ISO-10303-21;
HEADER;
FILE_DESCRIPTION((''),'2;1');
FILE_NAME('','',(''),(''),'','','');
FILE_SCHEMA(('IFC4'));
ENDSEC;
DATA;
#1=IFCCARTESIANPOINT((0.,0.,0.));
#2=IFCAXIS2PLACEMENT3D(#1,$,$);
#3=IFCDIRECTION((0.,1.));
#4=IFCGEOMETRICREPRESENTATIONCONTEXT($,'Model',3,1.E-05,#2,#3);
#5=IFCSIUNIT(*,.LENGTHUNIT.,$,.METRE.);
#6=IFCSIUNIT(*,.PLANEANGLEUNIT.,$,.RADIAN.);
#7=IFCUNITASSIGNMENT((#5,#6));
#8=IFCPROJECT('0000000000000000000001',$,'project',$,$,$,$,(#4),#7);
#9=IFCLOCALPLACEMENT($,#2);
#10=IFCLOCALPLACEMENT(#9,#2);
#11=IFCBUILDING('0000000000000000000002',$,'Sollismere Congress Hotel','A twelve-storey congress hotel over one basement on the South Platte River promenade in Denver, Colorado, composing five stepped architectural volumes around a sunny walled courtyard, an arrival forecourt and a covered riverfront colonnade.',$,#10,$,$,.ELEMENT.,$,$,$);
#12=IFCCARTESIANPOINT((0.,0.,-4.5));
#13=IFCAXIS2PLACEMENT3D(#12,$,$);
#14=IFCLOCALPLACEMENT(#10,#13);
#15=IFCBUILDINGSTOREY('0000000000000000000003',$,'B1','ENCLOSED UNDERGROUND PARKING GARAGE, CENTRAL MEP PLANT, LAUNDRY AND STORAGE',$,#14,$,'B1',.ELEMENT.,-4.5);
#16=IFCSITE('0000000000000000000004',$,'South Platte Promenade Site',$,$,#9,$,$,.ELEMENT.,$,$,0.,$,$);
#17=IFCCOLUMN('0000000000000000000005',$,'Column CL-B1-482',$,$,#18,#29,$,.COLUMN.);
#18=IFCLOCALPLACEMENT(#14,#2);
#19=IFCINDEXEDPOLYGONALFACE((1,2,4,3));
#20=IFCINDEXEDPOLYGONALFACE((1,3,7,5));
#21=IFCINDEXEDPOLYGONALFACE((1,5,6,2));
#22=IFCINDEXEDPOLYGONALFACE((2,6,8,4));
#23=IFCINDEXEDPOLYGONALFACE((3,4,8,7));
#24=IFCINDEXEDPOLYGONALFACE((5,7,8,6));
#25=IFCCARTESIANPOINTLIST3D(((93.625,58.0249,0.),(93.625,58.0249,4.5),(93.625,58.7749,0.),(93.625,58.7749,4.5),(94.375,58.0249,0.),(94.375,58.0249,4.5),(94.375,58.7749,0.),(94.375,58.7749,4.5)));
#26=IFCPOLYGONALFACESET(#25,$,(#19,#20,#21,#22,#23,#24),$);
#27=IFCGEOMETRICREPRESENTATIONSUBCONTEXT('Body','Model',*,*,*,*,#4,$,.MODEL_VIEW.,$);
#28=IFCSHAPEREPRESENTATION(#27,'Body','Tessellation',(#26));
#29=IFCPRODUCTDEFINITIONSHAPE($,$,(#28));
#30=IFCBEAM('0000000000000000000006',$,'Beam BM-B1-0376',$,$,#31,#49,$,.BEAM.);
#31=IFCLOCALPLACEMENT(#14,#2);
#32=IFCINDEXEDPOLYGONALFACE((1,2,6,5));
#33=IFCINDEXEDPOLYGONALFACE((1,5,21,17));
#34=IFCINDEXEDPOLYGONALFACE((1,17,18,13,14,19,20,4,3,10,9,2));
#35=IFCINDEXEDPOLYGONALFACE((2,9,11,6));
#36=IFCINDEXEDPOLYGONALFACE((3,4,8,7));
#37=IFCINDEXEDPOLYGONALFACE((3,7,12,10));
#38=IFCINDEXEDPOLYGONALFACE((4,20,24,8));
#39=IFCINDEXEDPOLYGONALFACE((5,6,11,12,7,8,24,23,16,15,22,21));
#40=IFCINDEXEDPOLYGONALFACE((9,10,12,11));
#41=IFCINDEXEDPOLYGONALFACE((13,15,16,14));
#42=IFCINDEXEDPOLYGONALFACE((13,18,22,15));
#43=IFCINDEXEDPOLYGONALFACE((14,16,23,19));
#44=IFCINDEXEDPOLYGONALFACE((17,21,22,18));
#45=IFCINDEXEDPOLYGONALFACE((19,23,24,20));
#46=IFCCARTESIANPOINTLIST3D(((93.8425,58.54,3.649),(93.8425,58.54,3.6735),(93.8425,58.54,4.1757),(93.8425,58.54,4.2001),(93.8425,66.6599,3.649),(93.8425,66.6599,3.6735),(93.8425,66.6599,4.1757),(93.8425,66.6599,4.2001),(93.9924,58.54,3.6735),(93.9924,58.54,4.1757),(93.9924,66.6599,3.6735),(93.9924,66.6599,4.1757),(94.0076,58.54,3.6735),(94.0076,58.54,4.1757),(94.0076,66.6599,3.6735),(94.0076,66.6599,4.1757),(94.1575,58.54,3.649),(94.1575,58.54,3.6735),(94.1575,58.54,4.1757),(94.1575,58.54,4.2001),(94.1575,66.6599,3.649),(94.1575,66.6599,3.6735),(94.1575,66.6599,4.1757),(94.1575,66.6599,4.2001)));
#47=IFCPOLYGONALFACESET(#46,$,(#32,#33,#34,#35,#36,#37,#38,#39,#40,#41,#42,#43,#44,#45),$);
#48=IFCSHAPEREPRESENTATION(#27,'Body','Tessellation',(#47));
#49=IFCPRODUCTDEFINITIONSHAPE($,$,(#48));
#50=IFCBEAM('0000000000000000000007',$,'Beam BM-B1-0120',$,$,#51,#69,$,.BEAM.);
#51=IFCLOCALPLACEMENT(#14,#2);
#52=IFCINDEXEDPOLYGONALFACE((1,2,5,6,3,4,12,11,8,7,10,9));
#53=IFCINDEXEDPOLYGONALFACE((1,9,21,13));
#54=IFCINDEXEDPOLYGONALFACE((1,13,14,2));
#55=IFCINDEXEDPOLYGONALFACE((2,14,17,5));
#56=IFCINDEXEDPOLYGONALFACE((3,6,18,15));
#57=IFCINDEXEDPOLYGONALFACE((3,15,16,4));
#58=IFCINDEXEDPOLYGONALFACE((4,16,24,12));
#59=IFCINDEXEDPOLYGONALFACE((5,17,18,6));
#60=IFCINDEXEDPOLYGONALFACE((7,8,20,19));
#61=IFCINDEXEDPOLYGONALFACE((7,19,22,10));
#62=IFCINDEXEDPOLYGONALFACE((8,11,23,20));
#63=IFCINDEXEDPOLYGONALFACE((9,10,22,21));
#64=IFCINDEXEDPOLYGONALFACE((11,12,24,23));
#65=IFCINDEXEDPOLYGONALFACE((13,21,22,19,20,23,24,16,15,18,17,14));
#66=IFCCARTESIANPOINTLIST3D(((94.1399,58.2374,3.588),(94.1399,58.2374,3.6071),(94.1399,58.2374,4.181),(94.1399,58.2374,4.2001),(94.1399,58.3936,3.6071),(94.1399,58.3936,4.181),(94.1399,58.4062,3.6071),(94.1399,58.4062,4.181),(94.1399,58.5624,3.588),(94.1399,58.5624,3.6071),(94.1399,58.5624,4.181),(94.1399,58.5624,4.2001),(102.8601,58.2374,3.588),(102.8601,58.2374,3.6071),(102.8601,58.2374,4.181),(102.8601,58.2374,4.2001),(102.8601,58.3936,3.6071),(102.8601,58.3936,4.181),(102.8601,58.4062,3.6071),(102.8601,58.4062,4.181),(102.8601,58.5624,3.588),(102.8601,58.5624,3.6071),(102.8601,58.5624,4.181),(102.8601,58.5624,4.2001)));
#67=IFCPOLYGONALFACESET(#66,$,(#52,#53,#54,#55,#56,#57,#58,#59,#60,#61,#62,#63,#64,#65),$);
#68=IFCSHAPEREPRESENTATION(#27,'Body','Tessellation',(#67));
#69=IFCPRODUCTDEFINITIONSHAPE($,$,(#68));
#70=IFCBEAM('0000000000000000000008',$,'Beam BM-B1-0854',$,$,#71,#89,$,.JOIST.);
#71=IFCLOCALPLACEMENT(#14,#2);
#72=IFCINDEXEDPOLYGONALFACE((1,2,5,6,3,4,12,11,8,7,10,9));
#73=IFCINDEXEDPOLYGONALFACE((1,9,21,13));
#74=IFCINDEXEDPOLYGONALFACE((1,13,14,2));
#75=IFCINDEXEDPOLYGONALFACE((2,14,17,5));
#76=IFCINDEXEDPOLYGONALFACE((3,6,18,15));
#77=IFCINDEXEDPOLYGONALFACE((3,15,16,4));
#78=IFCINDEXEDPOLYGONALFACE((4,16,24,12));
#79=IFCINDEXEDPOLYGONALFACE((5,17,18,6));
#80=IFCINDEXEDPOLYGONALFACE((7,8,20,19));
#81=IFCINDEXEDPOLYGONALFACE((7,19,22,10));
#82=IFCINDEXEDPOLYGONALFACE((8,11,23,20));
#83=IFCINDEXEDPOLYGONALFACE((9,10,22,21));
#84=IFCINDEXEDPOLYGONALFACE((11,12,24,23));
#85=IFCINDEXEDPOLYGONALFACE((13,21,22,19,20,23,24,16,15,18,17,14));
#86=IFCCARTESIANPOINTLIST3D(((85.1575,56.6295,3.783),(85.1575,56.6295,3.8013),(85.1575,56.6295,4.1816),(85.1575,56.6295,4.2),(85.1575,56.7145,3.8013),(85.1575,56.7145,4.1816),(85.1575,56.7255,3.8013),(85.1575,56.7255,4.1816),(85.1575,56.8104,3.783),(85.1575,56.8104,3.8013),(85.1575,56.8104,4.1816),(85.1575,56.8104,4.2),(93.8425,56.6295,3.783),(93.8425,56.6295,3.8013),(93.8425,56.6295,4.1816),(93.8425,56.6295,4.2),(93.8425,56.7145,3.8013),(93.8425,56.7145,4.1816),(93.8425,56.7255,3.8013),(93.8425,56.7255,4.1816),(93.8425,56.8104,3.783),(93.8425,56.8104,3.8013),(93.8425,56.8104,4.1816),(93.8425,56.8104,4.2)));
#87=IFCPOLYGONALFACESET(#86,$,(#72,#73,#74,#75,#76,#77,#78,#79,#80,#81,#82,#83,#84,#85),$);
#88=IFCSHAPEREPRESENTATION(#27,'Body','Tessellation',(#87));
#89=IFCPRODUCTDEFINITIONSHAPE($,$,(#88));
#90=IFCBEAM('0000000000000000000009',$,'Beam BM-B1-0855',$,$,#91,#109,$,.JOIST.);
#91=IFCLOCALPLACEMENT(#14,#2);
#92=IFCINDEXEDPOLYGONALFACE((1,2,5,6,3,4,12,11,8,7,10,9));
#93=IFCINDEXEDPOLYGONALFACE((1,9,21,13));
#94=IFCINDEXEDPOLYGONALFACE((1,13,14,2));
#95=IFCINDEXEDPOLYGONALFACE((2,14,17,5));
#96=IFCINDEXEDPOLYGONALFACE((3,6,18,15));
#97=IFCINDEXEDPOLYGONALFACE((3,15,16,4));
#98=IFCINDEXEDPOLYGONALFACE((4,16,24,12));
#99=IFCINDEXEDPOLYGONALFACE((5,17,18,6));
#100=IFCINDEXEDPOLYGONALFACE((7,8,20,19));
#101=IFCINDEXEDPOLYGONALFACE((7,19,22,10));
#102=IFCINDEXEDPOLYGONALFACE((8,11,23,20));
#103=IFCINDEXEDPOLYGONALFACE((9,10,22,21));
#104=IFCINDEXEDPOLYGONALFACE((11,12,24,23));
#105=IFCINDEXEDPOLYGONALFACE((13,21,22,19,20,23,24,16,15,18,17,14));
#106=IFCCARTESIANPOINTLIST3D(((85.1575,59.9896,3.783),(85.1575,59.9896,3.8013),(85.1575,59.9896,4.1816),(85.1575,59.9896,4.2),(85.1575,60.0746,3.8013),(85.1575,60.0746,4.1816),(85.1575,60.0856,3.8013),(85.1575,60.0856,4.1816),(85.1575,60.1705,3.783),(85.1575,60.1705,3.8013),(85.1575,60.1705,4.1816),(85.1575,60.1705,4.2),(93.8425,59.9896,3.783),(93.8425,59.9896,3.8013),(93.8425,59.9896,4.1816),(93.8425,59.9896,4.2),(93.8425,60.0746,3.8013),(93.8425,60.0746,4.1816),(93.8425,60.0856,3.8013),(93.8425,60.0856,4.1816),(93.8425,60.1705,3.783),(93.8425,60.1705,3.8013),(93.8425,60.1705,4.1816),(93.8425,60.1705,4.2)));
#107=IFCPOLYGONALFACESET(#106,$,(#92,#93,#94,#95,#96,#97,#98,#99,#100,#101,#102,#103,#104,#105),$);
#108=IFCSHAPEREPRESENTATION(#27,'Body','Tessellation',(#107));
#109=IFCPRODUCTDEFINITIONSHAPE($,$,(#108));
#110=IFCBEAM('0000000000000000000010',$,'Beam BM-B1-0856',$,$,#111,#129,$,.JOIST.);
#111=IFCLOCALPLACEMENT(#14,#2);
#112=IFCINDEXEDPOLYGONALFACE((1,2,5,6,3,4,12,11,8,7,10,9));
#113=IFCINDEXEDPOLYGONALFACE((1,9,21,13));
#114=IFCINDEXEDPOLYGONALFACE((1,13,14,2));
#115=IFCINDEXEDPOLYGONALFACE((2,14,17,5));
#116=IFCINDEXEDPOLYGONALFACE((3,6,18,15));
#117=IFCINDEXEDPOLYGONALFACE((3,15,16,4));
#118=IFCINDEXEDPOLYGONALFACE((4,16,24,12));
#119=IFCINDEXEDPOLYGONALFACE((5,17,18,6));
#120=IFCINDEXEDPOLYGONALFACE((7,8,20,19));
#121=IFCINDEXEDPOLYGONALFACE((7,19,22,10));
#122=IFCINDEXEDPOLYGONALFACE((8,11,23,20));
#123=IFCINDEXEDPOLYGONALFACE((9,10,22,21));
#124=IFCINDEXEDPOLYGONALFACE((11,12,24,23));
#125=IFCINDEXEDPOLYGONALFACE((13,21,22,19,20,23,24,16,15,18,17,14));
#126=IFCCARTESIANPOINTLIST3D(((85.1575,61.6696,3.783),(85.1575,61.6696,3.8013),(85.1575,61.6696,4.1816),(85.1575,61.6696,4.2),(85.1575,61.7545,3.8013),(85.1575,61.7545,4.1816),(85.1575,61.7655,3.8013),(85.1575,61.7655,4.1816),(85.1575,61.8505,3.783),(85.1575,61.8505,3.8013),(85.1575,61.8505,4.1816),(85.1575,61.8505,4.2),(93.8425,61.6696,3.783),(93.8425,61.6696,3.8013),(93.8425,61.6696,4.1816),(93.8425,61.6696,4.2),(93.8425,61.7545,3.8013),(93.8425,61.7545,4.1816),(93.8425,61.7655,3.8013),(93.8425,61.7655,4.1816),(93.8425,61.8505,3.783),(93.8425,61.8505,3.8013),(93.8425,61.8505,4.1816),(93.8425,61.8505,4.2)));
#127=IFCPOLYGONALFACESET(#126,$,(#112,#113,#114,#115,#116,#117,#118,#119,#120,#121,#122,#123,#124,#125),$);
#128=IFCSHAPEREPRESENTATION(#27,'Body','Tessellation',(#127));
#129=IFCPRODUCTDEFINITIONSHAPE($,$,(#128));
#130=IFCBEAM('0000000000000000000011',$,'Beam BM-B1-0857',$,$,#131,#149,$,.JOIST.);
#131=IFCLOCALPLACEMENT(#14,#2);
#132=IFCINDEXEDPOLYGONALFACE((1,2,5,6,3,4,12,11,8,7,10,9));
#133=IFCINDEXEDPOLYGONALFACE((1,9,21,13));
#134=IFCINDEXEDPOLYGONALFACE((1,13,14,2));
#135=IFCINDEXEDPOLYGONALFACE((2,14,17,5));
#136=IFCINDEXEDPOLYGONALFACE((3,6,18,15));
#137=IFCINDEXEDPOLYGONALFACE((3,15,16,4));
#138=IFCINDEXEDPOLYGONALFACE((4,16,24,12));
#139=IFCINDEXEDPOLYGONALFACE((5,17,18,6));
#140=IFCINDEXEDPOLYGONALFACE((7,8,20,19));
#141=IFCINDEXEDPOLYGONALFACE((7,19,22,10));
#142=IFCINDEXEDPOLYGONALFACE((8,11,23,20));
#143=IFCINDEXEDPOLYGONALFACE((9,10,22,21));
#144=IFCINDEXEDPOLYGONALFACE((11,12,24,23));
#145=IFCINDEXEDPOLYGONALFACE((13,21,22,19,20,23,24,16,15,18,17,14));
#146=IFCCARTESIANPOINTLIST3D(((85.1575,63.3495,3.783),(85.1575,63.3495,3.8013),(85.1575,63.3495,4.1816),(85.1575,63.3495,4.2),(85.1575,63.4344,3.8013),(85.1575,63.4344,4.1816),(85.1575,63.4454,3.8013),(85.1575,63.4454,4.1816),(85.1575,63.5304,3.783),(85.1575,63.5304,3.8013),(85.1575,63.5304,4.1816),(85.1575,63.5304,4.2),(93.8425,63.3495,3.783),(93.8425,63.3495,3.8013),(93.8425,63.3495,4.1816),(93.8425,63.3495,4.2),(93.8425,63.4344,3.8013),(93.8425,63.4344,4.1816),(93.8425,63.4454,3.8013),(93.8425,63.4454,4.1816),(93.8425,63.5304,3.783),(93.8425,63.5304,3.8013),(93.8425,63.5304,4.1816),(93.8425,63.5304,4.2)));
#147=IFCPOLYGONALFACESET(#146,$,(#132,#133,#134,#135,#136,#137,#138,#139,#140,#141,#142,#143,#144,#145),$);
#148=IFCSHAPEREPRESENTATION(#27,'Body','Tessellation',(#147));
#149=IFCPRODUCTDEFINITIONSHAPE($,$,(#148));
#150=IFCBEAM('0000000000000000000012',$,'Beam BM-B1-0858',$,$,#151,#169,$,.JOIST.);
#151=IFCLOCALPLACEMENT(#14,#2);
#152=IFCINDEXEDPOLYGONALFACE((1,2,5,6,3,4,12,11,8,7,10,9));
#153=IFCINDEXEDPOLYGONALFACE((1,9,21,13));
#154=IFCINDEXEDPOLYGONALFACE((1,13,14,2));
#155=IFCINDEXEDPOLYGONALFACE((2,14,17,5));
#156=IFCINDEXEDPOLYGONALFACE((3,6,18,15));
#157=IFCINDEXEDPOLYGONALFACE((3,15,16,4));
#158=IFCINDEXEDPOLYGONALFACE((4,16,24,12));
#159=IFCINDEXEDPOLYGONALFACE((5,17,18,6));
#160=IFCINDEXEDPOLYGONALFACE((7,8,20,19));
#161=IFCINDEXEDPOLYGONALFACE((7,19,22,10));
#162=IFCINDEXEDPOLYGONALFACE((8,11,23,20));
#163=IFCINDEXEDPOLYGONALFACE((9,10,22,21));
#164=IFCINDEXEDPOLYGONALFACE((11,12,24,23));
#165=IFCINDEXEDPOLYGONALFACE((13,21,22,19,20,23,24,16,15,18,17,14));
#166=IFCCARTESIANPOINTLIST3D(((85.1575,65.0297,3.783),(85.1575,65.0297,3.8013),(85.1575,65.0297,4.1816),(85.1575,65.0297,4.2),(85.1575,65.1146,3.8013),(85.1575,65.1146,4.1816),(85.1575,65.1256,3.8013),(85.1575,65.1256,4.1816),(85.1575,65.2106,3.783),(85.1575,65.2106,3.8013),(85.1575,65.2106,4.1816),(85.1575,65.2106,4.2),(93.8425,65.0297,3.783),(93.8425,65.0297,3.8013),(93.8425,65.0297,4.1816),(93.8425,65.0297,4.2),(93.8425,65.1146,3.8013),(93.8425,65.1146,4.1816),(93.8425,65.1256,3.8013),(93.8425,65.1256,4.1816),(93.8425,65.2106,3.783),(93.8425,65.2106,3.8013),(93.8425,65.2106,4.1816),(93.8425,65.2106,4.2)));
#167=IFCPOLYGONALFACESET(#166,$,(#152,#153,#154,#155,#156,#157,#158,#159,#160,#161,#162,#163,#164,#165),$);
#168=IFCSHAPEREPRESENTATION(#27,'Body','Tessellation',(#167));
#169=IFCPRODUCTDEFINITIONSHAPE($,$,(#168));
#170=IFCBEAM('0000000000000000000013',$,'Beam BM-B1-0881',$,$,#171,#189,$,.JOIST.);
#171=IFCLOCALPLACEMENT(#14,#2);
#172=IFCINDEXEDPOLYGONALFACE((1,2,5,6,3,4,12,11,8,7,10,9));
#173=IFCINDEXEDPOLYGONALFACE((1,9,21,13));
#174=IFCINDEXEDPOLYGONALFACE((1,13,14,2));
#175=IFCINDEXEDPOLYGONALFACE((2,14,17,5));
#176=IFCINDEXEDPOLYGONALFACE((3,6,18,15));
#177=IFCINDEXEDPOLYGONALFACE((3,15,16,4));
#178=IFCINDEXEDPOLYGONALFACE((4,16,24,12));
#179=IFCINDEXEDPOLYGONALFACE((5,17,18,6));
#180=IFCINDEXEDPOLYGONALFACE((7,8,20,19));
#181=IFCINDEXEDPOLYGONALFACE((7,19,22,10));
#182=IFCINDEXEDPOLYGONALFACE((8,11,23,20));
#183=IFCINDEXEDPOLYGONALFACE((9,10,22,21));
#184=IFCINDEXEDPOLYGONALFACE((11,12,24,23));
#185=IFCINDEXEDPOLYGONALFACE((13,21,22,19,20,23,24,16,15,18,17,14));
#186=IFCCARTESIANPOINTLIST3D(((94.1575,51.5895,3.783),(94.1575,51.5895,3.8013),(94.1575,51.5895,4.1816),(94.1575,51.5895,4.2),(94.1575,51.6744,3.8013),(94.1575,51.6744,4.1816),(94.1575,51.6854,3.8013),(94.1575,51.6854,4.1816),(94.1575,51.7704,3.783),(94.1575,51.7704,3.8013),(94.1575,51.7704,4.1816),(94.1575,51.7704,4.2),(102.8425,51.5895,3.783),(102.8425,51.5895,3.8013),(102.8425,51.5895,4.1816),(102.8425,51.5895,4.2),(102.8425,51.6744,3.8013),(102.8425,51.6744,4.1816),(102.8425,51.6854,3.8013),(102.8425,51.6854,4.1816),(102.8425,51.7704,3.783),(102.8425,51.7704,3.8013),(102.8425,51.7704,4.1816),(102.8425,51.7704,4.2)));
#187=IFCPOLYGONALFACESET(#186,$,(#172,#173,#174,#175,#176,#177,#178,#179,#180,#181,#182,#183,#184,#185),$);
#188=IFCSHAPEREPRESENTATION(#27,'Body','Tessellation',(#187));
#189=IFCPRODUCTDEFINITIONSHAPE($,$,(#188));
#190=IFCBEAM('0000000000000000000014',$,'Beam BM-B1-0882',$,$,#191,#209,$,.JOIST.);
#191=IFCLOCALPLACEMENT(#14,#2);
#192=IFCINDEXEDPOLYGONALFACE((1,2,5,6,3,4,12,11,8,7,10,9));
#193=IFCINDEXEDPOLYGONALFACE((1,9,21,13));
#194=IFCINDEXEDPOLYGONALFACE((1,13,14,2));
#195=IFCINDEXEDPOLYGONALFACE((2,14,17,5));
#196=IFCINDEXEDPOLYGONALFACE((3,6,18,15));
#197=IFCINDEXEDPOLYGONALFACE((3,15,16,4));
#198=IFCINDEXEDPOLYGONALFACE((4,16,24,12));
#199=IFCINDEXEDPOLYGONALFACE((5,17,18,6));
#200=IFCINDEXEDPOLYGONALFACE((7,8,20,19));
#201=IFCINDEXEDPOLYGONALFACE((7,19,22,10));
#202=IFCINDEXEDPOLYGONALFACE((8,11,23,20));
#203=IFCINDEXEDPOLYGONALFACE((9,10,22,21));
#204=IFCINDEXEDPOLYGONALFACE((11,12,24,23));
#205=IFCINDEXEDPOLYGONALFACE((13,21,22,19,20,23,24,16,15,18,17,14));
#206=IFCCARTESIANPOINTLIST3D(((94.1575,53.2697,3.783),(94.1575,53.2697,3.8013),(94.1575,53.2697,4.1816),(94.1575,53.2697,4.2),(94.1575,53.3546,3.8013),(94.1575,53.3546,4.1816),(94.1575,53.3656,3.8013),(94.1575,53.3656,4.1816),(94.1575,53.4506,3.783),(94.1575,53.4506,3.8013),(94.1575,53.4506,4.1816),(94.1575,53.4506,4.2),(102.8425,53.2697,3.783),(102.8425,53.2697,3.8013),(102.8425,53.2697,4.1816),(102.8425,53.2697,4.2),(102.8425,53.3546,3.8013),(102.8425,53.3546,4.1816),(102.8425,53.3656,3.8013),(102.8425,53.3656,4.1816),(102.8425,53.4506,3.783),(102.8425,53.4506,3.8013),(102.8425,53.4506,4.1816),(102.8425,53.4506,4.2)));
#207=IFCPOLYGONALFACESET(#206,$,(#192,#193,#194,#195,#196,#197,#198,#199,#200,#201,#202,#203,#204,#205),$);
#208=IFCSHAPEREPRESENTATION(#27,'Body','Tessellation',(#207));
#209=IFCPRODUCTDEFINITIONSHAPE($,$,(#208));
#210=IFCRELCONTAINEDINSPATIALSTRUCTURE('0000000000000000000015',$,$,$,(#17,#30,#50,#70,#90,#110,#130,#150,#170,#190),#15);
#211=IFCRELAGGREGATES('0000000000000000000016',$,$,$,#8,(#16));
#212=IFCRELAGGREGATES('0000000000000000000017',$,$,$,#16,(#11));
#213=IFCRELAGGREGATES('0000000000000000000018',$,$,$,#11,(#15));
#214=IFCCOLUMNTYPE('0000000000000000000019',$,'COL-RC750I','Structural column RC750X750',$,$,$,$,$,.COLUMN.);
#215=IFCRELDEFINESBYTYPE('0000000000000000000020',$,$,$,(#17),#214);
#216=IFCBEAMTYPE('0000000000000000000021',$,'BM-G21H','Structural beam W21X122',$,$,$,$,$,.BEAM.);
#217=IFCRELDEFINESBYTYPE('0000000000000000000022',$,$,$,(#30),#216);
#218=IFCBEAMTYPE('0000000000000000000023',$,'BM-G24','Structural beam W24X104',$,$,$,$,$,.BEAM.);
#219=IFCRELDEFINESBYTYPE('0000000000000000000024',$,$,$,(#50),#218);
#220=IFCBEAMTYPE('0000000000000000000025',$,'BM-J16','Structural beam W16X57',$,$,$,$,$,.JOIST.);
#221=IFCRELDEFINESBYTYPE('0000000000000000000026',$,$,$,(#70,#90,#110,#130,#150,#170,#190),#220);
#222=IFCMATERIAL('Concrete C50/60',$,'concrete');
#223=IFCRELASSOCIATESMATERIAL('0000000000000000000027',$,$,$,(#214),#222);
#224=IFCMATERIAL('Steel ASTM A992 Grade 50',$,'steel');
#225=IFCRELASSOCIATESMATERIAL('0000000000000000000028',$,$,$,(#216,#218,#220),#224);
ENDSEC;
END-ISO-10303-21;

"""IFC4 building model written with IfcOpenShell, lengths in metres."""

from ifc_helpers import new_model, si_unit, direction, frame, origin, origin_2d, place, context, subcontext, project, spatial, rectangle, i_section, extrude, material, material_profile, profile_set, type_object, element, save


model = new_model("IFC4")

# Units and contexts
model_context = context("Model", 3, precision=1e-05, world=origin(), true_north=direction((0.0, 1.0)))
body_context = subcontext(model_context, "Body", "Model", "MODEL_VIEW")
ifc_project = project(units=[si_unit("LENGTHUNIT", "METRE"), si_unit("PLANEANGLEUNIT", "RADIAN")], contexts=[model_context])

# Site, building, storey
site_placement = place(None, origin())
site = spatial("IfcSite", under=ifc_project, at=site_placement, Name="South Platte Promenade Site", CompositionType="ELEMENT", RefElevation=0.0)
building_placement = place(site_placement, origin())
building = spatial("IfcBuilding", under=site, at=building_placement, Name="Sollismere Congress Hotel", Description="A twelve-storey congress hotel over one basement on the South Platte River promenade in Denver, Colorado, composing five stepped architectural volumes around a sunny walled courtyard, an arrival forecourt and a covered riverfront colonnade.", CompositionType="ELEMENT")
storey_placement = place(building_placement, frame((0.0, 0.0, -4.5)))
storey = spatial("IfcBuildingStorey", under=building, at=storey_placement, Name="B1", Description="ENCLOSED UNDERGROUND PARKING GARAGE, CENTRAL MEP PLANT, LAUNDRY AND STORAGE", LongName="B1", CompositionType="ELEMENT", Elevation=-4.5)

# Column
ifc_material_1 = material(Name="Concrete C50/60", Category="concrete")
ifc_material_profile_1 = material_profile(ifc_material_1, rectangle(XDim=0.75, YDim=0.75, at=origin_2d()), Name="RC750X750")
ifc_profile_set_1 = profile_set([ifc_material_profile_1], Name="Concrete C50/60")
column_type = type_object("IfcColumnType", Name="COL-RC750I", Description="Structural column RC750X750", PredefinedType="COLUMN", material=ifc_profile_set_1)
column_placement = place(storey_placement, frame((94.0, 58.3999, 0.0), z_axis=(0.0, 0.0, 1.0), x_axis=(1.0, 0.0, 0.0)))
element("IfcColumn", 1, at=column_placement, inside=storey, type_object=column_type, Name="Column CL-B1-482", PredefinedType="COLUMN", context=body_context, shape_type="SweptSolid", body=[
    extrude(rectangle(XDim=0.75, YDim=0.75, at=origin_2d()), origin(), (0.0, 0.0, 1.0), 4.5),
])

# Beams
ifc_material_2 = material(Name="Steel ASTM A992 Grade 50", Category="steel")
ifc_material_profile_2 = material_profile(ifc_material_2, i_section(OverallWidth=0.3149, OverallDepth=0.551, WebThickness=0.0151, FlangeThickness=0.0244, at=origin_2d()), Name="W21X122")
ifc_profile_set_2 = profile_set([ifc_material_profile_2], Name="Steel ASTM A992 Grade 50")
beam_type_1 = type_object("IfcBeamType", Name="BM-G21H", Description="Structural beam W21X122", PredefinedType="BEAM", material=ifc_profile_set_2)
beam_1_placement = place(storey_placement, frame((94.0, 58.54, 3.9246), z_axis=(0.0, 1.0, 0.0), x_axis=(-1.0, 0.0, 0.0)))
element("IfcBeam", 2, at=beam_1_placement, inside=storey, type_object=beam_type_1, Name="Beam BM-B1-0376", PredefinedType="BEAM", context=body_context, shape_type="SweptSolid", body=[
    extrude(i_section(OverallWidth=0.3149, OverallDepth=0.551, WebThickness=0.0151, FlangeThickness=0.0244, at=origin_2d()), origin(), (0.0, 0.0, 1.0), 8.1199),
])
ifc_material_profile_3 = material_profile(ifc_material_2, i_section(OverallWidth=0.325, OverallDepth=0.6121, WebThickness=0.0127, FlangeThickness=0.019, at=origin_2d()), Name="W24X104")
ifc_profile_set_3 = profile_set([ifc_material_profile_3], Name="Steel ASTM A992 Grade 50")
beam_type_2 = type_object("IfcBeamType", Name="BM-G24", Description="Structural beam W24X104", PredefinedType="BEAM", material=ifc_profile_set_3)
beam_2_placement = place(storey_placement, frame((94.1399, 58.3999, 3.894), z_axis=(1.0, 0.0, 0.0), x_axis=(0.0, 1.0, 0.0)))
element("IfcBeam", 3, at=beam_2_placement, inside=storey, type_object=beam_type_2, Name="Beam BM-B1-0120", PredefinedType="BEAM", context=body_context, shape_type="SweptSolid", body=[
    extrude(i_section(OverallWidth=0.325, OverallDepth=0.6121, WebThickness=0.0127, FlangeThickness=0.019, at=origin_2d()), origin(), (0.0, 0.0, 1.0), 8.7202),
])
ifc_material_profile_4 = material_profile(ifc_material_2, i_section(OverallWidth=0.1809, OverallDepth=0.417, WebThickness=0.011, FlangeThickness=0.0183, at=origin_2d()), Name="W16X57")
ifc_profile_set_4 = profile_set([ifc_material_profile_4], Name="Steel ASTM A992 Grade 50")
beam_type_3 = type_object("IfcBeamType", Name="BM-J16", Description="Structural beam W16X57", PredefinedType="JOIST", material=ifc_profile_set_4)
for number, where, z_axis, x_axis, name in (
    (4, (85.1575, 56.72, 3.9915), (1.0, 0.0, 0.0), (0.0, 1.0, 0.0), "Beam BM-B1-0854"),
    (5, (85.1575, 60.0801, 3.9915), (1.0, 0.0, 0.0), (0.0, 1.0, 0.0), "Beam BM-B1-0855"),
    (6, (85.1575, 61.76, 3.9915), (1.0, 0.0, 0.0), (0.0, 1.0, 0.0), "Beam BM-B1-0856"),
    (7, (85.1575, 63.4399, 3.9915), (1.0, 0.0, 0.0), (0.0, 1.0, 0.0), "Beam BM-B1-0857"),
    (8, (85.1575, 65.1201, 3.9915), (1.0, 0.0, 0.0), (0.0, 1.0, 0.0), "Beam BM-B1-0858"),
    (9, (94.1575, 51.6799, 3.9915), (1.0, 0.0, 0.0), (0.0, 1.0, 0.0), "Beam BM-B1-0881"),
    (10, (94.1575, 53.3601, 3.9915), (1.0, 0.0, 0.0), (0.0, 1.0, 0.0), "Beam BM-B1-0882"),
):
    element("IfcBeam", number, at=place(storey_placement, frame(where, z_axis=z_axis, x_axis=x_axis)), inside=storey, type_object=beam_type_3, Name=name, PredefinedType="JOIST", context=body_context, shape_type="SweptSolid", body=[
        extrude(i_section(OverallWidth=0.1809, OverallDepth=0.417, WebThickness=0.011, FlangeThickness=0.0183, at=origin_2d()), origin(), (0.0, 0.0, 1.0), 8.6851),
    ])

save(model, "model.ifc")
